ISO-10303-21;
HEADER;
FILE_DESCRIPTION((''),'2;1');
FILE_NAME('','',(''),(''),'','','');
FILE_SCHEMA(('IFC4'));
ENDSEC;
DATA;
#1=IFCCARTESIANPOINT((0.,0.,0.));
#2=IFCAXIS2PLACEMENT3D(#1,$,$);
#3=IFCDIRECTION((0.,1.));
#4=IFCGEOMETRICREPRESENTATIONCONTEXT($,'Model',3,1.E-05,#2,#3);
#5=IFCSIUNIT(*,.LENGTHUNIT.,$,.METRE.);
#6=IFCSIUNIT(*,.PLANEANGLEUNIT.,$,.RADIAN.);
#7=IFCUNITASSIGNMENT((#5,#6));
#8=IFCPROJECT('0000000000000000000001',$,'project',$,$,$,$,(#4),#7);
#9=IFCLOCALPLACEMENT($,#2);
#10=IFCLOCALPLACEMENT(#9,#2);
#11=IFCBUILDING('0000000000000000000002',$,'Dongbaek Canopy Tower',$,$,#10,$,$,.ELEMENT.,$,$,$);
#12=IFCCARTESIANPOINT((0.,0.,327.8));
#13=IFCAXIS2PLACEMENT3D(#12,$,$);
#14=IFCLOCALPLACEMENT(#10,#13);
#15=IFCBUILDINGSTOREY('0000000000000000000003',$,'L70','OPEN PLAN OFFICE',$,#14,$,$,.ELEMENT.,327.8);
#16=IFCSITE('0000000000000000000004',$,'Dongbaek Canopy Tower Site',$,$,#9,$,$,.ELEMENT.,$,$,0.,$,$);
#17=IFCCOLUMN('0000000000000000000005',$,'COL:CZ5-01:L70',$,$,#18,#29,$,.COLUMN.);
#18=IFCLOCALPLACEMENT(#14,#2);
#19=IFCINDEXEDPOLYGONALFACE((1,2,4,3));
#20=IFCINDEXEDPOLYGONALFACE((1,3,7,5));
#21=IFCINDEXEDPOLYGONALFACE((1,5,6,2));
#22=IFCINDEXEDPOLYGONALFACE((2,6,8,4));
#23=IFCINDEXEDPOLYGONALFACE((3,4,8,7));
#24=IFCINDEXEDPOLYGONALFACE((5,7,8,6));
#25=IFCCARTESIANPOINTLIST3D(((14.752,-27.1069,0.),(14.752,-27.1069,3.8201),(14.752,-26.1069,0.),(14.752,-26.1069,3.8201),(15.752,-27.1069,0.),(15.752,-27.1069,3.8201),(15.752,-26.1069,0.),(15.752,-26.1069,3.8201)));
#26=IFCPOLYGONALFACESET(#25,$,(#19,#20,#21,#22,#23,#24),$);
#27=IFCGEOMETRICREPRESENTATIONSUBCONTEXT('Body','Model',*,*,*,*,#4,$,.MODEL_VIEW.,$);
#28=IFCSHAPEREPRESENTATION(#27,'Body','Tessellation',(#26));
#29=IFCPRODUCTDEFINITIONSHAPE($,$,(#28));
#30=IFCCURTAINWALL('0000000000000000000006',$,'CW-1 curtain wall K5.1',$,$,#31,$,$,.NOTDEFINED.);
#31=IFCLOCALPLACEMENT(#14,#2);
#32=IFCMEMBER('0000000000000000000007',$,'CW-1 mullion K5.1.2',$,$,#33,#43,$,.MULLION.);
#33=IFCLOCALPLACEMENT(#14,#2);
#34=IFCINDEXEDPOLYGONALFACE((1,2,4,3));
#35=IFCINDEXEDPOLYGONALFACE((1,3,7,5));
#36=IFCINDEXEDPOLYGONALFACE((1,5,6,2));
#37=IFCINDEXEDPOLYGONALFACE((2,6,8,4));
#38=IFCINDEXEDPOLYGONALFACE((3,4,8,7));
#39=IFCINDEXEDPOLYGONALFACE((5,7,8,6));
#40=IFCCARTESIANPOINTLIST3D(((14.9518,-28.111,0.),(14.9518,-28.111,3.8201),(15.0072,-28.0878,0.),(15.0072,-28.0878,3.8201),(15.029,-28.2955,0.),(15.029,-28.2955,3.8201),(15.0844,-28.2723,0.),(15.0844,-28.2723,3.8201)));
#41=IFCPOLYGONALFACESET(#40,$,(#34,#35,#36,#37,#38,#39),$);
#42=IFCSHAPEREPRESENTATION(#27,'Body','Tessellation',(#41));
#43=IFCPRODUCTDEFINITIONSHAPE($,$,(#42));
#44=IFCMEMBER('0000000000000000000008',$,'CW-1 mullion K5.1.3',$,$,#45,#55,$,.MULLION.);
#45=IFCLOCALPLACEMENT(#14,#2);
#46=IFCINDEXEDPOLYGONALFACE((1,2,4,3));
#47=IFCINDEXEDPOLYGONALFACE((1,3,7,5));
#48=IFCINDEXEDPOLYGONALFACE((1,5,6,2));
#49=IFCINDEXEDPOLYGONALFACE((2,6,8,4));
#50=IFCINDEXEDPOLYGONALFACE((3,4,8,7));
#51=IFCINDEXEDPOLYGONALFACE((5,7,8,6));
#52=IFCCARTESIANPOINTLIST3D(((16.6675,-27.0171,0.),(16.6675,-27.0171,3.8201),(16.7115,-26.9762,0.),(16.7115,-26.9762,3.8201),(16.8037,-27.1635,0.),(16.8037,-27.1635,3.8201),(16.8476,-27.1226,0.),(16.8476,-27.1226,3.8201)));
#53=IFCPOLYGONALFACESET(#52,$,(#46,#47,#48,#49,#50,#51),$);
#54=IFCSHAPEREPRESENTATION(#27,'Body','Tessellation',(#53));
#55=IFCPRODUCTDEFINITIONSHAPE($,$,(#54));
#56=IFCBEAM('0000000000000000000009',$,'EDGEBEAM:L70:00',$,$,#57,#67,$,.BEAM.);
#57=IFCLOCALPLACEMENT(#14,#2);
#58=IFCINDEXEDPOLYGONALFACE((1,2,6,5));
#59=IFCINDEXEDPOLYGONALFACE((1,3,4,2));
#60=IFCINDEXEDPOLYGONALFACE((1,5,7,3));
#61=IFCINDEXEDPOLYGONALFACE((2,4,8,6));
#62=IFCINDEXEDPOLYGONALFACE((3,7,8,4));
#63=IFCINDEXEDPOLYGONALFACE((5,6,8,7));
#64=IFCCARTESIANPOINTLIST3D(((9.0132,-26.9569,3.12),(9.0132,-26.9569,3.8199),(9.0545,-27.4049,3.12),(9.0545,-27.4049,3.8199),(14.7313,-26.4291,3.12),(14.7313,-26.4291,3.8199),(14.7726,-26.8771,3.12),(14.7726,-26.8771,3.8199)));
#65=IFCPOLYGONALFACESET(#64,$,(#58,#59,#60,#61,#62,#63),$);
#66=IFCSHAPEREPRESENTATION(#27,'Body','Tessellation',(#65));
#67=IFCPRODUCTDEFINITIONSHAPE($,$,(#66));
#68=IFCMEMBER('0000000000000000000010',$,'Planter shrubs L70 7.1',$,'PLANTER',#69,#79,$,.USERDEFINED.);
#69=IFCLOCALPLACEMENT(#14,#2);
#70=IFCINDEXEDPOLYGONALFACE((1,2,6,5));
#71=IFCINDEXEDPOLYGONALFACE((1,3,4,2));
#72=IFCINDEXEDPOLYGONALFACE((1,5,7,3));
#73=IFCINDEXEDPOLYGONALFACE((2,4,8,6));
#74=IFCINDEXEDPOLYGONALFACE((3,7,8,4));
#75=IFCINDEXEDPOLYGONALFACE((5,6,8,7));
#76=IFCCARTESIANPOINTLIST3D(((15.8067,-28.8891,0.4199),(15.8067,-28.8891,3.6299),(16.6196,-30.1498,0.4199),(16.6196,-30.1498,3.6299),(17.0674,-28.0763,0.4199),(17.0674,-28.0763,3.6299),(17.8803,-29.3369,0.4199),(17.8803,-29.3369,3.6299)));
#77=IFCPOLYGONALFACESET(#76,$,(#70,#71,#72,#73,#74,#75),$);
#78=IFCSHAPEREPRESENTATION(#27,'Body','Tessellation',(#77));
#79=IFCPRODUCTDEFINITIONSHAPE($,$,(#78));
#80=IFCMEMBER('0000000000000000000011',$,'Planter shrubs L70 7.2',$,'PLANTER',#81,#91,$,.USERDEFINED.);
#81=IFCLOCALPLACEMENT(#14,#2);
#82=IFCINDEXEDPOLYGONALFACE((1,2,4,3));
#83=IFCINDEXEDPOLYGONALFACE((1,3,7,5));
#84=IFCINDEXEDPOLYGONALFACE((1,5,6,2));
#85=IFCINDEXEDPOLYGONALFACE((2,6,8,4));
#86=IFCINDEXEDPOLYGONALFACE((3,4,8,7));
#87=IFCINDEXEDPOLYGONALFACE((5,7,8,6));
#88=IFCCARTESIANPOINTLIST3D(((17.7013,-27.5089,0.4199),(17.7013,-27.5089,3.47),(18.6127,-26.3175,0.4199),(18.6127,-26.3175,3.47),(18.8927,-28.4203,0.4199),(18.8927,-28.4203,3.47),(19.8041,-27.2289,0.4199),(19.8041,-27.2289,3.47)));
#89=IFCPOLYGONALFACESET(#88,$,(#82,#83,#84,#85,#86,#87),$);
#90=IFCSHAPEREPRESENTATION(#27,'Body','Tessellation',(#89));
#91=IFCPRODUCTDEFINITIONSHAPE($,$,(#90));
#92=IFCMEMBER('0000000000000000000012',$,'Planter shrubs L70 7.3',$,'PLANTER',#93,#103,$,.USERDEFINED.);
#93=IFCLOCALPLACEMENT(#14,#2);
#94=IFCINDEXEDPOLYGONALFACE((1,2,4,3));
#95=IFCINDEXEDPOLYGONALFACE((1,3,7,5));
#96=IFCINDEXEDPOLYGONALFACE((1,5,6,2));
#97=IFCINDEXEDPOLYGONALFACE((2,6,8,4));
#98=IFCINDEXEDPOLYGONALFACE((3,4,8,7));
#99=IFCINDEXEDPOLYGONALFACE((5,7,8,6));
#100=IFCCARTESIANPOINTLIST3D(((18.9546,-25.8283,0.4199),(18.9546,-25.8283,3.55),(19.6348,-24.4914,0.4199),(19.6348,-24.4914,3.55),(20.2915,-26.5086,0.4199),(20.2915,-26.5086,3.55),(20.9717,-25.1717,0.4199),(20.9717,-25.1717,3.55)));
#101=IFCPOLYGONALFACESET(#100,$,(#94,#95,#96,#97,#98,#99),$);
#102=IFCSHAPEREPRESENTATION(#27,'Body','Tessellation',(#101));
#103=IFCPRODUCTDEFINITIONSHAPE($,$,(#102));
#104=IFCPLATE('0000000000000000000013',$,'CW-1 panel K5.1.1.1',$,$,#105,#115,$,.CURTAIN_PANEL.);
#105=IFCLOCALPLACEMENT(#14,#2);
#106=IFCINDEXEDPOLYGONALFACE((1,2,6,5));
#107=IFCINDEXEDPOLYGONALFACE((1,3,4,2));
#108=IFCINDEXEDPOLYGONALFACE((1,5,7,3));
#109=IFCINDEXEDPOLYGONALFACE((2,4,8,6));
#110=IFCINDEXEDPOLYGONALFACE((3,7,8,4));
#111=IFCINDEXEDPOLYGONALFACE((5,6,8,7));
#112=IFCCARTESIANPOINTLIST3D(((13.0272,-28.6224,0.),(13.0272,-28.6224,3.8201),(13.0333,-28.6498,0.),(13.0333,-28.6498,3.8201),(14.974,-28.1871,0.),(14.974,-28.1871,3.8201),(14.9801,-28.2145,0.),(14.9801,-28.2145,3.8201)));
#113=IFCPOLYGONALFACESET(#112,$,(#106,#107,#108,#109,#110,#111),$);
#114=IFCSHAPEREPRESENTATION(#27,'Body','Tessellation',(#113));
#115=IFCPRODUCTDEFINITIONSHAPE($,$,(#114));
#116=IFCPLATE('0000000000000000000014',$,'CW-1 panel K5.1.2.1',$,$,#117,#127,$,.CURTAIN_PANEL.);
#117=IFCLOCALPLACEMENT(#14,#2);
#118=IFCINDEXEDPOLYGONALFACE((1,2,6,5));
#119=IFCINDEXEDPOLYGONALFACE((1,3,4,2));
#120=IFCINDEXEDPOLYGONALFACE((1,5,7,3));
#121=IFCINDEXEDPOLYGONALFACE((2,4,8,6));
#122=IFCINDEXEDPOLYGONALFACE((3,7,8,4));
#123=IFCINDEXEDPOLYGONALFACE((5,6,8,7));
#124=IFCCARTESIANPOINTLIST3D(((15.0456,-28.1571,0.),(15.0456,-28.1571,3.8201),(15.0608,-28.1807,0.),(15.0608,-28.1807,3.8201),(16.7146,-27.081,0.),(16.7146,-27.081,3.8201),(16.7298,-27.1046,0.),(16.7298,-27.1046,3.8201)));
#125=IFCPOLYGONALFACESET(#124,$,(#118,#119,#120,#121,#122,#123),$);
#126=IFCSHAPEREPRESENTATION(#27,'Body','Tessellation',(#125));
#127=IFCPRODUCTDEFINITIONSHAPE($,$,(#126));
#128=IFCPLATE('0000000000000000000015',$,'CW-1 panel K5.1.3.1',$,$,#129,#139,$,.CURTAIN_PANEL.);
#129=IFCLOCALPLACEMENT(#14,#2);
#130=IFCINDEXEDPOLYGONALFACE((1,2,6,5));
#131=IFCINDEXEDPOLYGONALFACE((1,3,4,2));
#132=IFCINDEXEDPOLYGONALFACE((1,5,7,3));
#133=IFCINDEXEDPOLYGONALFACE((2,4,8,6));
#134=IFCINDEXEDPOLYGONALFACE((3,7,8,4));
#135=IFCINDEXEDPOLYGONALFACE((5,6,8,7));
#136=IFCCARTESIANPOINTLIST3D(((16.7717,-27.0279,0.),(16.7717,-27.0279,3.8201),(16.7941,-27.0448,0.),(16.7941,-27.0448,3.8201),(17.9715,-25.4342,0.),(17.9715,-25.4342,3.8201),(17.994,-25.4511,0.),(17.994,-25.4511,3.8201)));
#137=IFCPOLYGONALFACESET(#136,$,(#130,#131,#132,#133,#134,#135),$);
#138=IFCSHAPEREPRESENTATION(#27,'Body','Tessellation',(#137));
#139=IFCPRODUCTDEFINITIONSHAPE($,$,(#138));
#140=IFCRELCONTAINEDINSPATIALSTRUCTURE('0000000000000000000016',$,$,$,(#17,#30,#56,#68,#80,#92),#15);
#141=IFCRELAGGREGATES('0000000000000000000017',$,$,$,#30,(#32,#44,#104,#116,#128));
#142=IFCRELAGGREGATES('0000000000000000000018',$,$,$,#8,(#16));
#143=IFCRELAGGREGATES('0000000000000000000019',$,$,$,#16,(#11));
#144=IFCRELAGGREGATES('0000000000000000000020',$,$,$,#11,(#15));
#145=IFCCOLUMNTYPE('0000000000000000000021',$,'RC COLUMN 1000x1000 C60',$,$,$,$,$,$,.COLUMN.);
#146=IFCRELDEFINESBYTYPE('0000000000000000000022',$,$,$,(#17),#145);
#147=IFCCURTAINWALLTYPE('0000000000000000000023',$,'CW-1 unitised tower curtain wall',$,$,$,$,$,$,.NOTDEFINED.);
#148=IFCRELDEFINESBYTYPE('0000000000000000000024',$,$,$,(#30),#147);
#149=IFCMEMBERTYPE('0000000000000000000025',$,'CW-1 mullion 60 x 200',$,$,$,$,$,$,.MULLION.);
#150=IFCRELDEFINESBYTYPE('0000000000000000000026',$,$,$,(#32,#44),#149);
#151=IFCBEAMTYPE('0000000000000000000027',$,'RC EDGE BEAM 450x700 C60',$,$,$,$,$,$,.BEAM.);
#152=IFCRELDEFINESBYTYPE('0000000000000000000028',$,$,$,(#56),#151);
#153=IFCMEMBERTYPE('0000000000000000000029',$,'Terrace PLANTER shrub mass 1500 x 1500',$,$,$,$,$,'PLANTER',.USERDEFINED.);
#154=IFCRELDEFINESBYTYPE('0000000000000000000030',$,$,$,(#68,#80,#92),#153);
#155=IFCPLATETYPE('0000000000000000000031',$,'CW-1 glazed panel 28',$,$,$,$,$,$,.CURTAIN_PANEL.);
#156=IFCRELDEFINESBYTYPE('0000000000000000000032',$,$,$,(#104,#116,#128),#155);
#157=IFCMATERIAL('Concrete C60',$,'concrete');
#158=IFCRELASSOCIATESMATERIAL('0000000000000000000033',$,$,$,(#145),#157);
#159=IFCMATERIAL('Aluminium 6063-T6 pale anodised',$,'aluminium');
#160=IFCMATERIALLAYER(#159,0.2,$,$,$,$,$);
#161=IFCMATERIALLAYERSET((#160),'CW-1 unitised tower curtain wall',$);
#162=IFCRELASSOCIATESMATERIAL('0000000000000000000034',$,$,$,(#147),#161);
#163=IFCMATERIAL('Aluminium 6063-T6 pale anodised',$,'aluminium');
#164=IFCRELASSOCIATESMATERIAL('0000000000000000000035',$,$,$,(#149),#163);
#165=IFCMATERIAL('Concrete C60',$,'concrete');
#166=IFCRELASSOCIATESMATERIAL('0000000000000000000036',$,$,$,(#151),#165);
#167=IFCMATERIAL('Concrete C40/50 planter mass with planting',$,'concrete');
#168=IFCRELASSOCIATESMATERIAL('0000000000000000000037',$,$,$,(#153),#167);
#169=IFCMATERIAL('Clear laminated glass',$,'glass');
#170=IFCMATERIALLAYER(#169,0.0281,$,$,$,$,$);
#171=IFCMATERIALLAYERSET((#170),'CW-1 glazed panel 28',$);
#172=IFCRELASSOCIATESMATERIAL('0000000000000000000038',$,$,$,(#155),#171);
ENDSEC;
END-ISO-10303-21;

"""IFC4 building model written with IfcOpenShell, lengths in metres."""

from ifc_helpers import new_model, si_unit, direction, frame, origin, origin_2d, place, context, subcontext, project, spatial, rectangle, extrude, material, layer, layer_set, material_profile, profile_set, type_object, element, aggregate, save


model = new_model("IFC4")

# Units and contexts
model_context = context("Model", 3, precision=1e-05, world=origin(), true_north=direction((0.0, 1.0)))
body_context = subcontext(model_context, "Body", "Model", "MODEL_VIEW")
ifc_project = project(units=[si_unit("LENGTHUNIT", "METRE"), si_unit("PLANEANGLEUNIT", "RADIAN")], contexts=[model_context])

# Site, building, storey
site_placement = place(None, origin())
site = spatial("IfcSite", under=ifc_project, at=site_placement, Name="Dongbaek Canopy Tower Site", CompositionType="ELEMENT", RefElevation=0.0)
building_placement = place(site_placement, origin())
building = spatial("IfcBuilding", under=site, at=building_placement, Name="Dongbaek Canopy Tower", CompositionType="ELEMENT")
storey_placement = place(building_placement, frame((0.0, 0.0, 327.8)))
storey = spatial("IfcBuildingStorey", under=building, at=storey_placement, Name="L70", Description="OPEN PLAN OFFICE", CompositionType="ELEMENT", Elevation=327.8)

# Column
ifc_material_1 = material(Name="Concrete C60", Category="concrete")
ifc_material_profile_1 = material_profile(ifc_material_1, rectangle(XDim=1.0, YDim=1.0, at=origin_2d()), Name="RC COLUMN 1000x1000 C60")
ifc_profile_set_1 = profile_set([ifc_material_profile_1], Name="Concrete C60")
column_type = type_object("IfcColumnType", Name="RC COLUMN 1000x1000 C60", PredefinedType="COLUMN", material=ifc_profile_set_1)
column_placement = place(storey_placement, frame((15.252, -26.6069, 0.0), z_axis=(0.0, 0.0, 1.0), x_axis=(1.0, 0.0, 0.0)))
element("IfcColumn", 1, at=column_placement, inside=storey, type_object=column_type, Name="COL:CZ5-01:L70", PredefinedType="COLUMN", context=body_context, shape_type="SweptSolid", body=[
    extrude(rectangle(XDim=1.0, YDim=1.0, at=origin_2d()), origin(), (0.0, 0.0, 1.0), 3.8201),
])

# Curtain wall, members
ifc_material_2 = material(Name="Aluminium 6063-T6 pale anodised", Category="aluminium")
ifc_layer_1 = layer(ifc_material_2, 0.2)
ifc_layer_set_1 = layer_set([ifc_layer_1], Name="CW-1 unitised tower curtain wall")
curtain_wall_type = type_object("IfcCurtainWallType", Name="CW-1 unitised tower curtain wall", PredefinedType="NOTDEFINED", material=ifc_layer_set_1)
curtain_wall_placement = place(storey_placement, origin())
curtain_wall = element("IfcCurtainWall", 2, at=curtain_wall_placement, inside=storey, type_object=curtain_wall_type, Name="CW-1 curtain wall K5.1", PredefinedType="NOTDEFINED")
ifc_material_3 = material(Name="Aluminium 6063-T6 pale anodised", Category="aluminium")
ifc_material_profile_2 = material_profile(ifc_material_3, rectangle(XDim=0.2, YDim=0.0601, at=origin_2d()), Name="CW-1 mullion 60 x 200")
ifc_profile_set_2 = profile_set([ifc_material_profile_2], Name="Aluminium 6063-T6 pale anodised")
member_type_1 = type_object("IfcMemberType", Name="CW-1 mullion 60 x 200", PredefinedType="MULLION", material=ifc_profile_set_2)
member_1_placement = place(storey_placement, frame((15.0181, -28.1917, 0.0), z_axis=(0.0, 0.0, 1.0), x_axis=(0.386037, -0.922483, 0.0)))
member_1 = element("IfcMember", 3, at=member_1_placement, type_object=member_type_1, Name="CW-1 mullion K5.1.2", PredefinedType="MULLION", context=body_context, shape_type="SweptSolid", body=[
    extrude(rectangle(XDim=0.2, YDim=0.0601, at=origin_2d()), origin(), (0.0, 0.0, 1.0), 3.8201),
])
member_2_placement = place(storey_placement, frame((16.7576, -27.0698, 0.0), z_axis=(0.0, 0.0, 1.0), x_axis=(0.680964, -0.732317, 0.0)))
member_2 = element("IfcMember", 4, at=member_2_placement, type_object=member_type_1, Name="CW-1 mullion K5.1.3", PredefinedType="MULLION", context=body_context, shape_type="SweptSolid", body=[
    extrude(rectangle(XDim=0.2, YDim=0.0601, at=origin_2d()), origin(), (0.0, 0.0, 1.0), 3.8201),
])

# Beam
ifc_material_4 = material(Name="Concrete C60", Category="concrete")
ifc_material_profile_3 = material_profile(ifc_material_4, rectangle(XDim=0.45, YDim=0.7, at=origin_2d()), Name="RC EDGE BEAM 450x700 C60")
ifc_profile_set_3 = profile_set([ifc_material_profile_3], Name="Concrete C60")
beam_type = type_object("IfcBeamType", Name="RC EDGE BEAM 450x700 C60", PredefinedType="BEAM", material=ifc_profile_set_3)
beam_placement = place(storey_placement, frame((14.752, -26.6531, 3.47), z_axis=(-0.995766, -0.09192, 0.0), x_axis=(0.09192, -0.995766, 0.0)))
element("IfcBeam", 5, at=beam_placement, inside=storey, type_object=beam_type, Name="EDGEBEAM:L70:00", PredefinedType="BEAM", context=body_context, shape_type="SweptSolid", body=[
    extrude(rectangle(XDim=0.45, YDim=0.7, at=origin_2d()), origin(), (0.0, 0.0, 1.0), 5.7424),
])

# Members
ifc_material_5 = material(Name="Concrete C40/50 planter mass with planting", Category="concrete")
ifc_material_profile_4 = material_profile(ifc_material_5, rectangle(XDim=1.5, YDim=1.5, at=origin_2d()), Name="Terrace PLANTER shrub mass 1500 x 1500")
ifc_profile_set_4 = profile_set([ifc_material_profile_4], Name="Concrete C40/50 planter mass with planting")
member_type_2 = type_object("IfcMemberType", Name="Terrace PLANTER shrub mass 1500 x 1500", ElementType="PLANTER", PredefinedType="USERDEFINED", material=ifc_profile_set_4)
member_3_placement = place(storey_placement, frame((16.8435, -29.113, 0.4199), z_axis=(0.0, 0.0, 1.0), x_axis=(0.541907, -0.840438, 0.0)))
element("IfcMember", 6, at=member_3_placement, inside=storey, type_object=member_type_2, Name="Planter shrubs L70 7.1", ObjectType="PLANTER", PredefinedType="USERDEFINED", context=body_context, shape_type="SweptSolid", body=[
    extrude(rectangle(XDim=1.5, YDim=1.5, at=origin_2d()), origin(), (0.0, 0.0, 1.0), 3.21),
])
member_4_placement = place(storey_placement, frame((18.7527, -27.3689, 0.4199), z_axis=(0.0, 0.0, 1.0), x_axis=(0.794235, -0.607611, 0.0)))
element("IfcMember", 7, at=member_4_placement, inside=storey, type_object=member_type_2, Name="Planter shrubs L70 7.2", ObjectType="PLANTER", PredefinedType="USERDEFINED", context=body_context, shape_type="SweptSolid", body=[
    extrude(rectangle(XDim=1.5, YDim=1.5, at=origin_2d()), origin(), (0.0, 0.0, 1.0), 3.05),
])
member_5_placement = place(storey_placement, frame((19.9631, -25.5, 0.4199), z_axis=(0.0, 0.0, 1.0), x_axis=(0.891259, -0.453494, 0.0)))
element("IfcMember", 8, at=member_5_placement, inside=storey, type_object=member_type_2, Name="Planter shrubs L70 7.3", ObjectType="PLANTER", PredefinedType="USERDEFINED", context=body_context, shape_type="SweptSolid", body=[
    extrude(rectangle(XDim=1.5, YDim=1.5, at=origin_2d()), origin(), (0.0, 0.0, 1.0), 3.1301),
])

# Plates
ifc_material_6 = material(Name="Clear laminated glass", Category="glass")
ifc_layer_2 = layer(ifc_material_6, 0.0281)
ifc_layer_set_2 = layer_set([ifc_layer_2], Name="CW-1 glazed panel 28")
plate_type = type_object("IfcPlateType", Name="CW-1 glazed panel 28", PredefinedType="CURTAIN_PANEL", material=ifc_layer_set_2)
plate_1_placement = place(storey_placement, frame((14.0037, -28.4185, 0.0), z_axis=(0.0, 0.0, 1.0), x_axis=(0.975907, 0.218189, 0.0)))
plate_1 = element("IfcPlate", 9, at=plate_1_placement, type_object=plate_type, Name="CW-1 panel K5.1.1.1", PredefinedType="CURTAIN_PANEL", context=body_context, shape_type="SweptSolid", body=[
    extrude(rectangle(XDim=1.9949, YDim=0.0281, at=origin_2d()), origin(), (0.0, 0.0, 1.0), 3.8201),
])
plate_2_placement = place(storey_placement, frame((15.8877, -27.6309, 0.0), z_axis=(0.0, 0.0, 1.0), x_axis=(0.840438, 0.541907, 0.0)))
plate_2 = element("IfcPlate", 10, at=plate_2_placement, type_object=plate_type, Name="CW-1 panel K5.1.2.1", PredefinedType="CURTAIN_PANEL", context=body_context, shape_type="SweptSolid", body=[
    extrude(rectangle(XDim=1.9858, YDim=0.0281, at=origin_2d()), origin(), (0.0, 0.0, 1.0), 3.8201),
])
plate_3_placement = place(storey_placement, frame((17.3828, -26.2395, 0.0), z_axis=(0.0, 0.0, 1.0), x_axis=(0.601475, 0.798892, 0.0)))
plate_3 = element("IfcPlate", 11, at=plate_3_placement, type_object=plate_type, Name="CW-1 panel K5.1.3.1", PredefinedType="CURTAIN_PANEL", context=body_context, shape_type="SweptSolid", body=[
    extrude(rectangle(XDim=1.9949, YDim=0.0281, at=origin_2d()), origin(), (0.0, 0.0, 1.0), 3.8201),
])
aggregate(curtain_wall, [member_1, member_2, plate_1, plate_2, plate_3])

save(model, "model.ifc")
